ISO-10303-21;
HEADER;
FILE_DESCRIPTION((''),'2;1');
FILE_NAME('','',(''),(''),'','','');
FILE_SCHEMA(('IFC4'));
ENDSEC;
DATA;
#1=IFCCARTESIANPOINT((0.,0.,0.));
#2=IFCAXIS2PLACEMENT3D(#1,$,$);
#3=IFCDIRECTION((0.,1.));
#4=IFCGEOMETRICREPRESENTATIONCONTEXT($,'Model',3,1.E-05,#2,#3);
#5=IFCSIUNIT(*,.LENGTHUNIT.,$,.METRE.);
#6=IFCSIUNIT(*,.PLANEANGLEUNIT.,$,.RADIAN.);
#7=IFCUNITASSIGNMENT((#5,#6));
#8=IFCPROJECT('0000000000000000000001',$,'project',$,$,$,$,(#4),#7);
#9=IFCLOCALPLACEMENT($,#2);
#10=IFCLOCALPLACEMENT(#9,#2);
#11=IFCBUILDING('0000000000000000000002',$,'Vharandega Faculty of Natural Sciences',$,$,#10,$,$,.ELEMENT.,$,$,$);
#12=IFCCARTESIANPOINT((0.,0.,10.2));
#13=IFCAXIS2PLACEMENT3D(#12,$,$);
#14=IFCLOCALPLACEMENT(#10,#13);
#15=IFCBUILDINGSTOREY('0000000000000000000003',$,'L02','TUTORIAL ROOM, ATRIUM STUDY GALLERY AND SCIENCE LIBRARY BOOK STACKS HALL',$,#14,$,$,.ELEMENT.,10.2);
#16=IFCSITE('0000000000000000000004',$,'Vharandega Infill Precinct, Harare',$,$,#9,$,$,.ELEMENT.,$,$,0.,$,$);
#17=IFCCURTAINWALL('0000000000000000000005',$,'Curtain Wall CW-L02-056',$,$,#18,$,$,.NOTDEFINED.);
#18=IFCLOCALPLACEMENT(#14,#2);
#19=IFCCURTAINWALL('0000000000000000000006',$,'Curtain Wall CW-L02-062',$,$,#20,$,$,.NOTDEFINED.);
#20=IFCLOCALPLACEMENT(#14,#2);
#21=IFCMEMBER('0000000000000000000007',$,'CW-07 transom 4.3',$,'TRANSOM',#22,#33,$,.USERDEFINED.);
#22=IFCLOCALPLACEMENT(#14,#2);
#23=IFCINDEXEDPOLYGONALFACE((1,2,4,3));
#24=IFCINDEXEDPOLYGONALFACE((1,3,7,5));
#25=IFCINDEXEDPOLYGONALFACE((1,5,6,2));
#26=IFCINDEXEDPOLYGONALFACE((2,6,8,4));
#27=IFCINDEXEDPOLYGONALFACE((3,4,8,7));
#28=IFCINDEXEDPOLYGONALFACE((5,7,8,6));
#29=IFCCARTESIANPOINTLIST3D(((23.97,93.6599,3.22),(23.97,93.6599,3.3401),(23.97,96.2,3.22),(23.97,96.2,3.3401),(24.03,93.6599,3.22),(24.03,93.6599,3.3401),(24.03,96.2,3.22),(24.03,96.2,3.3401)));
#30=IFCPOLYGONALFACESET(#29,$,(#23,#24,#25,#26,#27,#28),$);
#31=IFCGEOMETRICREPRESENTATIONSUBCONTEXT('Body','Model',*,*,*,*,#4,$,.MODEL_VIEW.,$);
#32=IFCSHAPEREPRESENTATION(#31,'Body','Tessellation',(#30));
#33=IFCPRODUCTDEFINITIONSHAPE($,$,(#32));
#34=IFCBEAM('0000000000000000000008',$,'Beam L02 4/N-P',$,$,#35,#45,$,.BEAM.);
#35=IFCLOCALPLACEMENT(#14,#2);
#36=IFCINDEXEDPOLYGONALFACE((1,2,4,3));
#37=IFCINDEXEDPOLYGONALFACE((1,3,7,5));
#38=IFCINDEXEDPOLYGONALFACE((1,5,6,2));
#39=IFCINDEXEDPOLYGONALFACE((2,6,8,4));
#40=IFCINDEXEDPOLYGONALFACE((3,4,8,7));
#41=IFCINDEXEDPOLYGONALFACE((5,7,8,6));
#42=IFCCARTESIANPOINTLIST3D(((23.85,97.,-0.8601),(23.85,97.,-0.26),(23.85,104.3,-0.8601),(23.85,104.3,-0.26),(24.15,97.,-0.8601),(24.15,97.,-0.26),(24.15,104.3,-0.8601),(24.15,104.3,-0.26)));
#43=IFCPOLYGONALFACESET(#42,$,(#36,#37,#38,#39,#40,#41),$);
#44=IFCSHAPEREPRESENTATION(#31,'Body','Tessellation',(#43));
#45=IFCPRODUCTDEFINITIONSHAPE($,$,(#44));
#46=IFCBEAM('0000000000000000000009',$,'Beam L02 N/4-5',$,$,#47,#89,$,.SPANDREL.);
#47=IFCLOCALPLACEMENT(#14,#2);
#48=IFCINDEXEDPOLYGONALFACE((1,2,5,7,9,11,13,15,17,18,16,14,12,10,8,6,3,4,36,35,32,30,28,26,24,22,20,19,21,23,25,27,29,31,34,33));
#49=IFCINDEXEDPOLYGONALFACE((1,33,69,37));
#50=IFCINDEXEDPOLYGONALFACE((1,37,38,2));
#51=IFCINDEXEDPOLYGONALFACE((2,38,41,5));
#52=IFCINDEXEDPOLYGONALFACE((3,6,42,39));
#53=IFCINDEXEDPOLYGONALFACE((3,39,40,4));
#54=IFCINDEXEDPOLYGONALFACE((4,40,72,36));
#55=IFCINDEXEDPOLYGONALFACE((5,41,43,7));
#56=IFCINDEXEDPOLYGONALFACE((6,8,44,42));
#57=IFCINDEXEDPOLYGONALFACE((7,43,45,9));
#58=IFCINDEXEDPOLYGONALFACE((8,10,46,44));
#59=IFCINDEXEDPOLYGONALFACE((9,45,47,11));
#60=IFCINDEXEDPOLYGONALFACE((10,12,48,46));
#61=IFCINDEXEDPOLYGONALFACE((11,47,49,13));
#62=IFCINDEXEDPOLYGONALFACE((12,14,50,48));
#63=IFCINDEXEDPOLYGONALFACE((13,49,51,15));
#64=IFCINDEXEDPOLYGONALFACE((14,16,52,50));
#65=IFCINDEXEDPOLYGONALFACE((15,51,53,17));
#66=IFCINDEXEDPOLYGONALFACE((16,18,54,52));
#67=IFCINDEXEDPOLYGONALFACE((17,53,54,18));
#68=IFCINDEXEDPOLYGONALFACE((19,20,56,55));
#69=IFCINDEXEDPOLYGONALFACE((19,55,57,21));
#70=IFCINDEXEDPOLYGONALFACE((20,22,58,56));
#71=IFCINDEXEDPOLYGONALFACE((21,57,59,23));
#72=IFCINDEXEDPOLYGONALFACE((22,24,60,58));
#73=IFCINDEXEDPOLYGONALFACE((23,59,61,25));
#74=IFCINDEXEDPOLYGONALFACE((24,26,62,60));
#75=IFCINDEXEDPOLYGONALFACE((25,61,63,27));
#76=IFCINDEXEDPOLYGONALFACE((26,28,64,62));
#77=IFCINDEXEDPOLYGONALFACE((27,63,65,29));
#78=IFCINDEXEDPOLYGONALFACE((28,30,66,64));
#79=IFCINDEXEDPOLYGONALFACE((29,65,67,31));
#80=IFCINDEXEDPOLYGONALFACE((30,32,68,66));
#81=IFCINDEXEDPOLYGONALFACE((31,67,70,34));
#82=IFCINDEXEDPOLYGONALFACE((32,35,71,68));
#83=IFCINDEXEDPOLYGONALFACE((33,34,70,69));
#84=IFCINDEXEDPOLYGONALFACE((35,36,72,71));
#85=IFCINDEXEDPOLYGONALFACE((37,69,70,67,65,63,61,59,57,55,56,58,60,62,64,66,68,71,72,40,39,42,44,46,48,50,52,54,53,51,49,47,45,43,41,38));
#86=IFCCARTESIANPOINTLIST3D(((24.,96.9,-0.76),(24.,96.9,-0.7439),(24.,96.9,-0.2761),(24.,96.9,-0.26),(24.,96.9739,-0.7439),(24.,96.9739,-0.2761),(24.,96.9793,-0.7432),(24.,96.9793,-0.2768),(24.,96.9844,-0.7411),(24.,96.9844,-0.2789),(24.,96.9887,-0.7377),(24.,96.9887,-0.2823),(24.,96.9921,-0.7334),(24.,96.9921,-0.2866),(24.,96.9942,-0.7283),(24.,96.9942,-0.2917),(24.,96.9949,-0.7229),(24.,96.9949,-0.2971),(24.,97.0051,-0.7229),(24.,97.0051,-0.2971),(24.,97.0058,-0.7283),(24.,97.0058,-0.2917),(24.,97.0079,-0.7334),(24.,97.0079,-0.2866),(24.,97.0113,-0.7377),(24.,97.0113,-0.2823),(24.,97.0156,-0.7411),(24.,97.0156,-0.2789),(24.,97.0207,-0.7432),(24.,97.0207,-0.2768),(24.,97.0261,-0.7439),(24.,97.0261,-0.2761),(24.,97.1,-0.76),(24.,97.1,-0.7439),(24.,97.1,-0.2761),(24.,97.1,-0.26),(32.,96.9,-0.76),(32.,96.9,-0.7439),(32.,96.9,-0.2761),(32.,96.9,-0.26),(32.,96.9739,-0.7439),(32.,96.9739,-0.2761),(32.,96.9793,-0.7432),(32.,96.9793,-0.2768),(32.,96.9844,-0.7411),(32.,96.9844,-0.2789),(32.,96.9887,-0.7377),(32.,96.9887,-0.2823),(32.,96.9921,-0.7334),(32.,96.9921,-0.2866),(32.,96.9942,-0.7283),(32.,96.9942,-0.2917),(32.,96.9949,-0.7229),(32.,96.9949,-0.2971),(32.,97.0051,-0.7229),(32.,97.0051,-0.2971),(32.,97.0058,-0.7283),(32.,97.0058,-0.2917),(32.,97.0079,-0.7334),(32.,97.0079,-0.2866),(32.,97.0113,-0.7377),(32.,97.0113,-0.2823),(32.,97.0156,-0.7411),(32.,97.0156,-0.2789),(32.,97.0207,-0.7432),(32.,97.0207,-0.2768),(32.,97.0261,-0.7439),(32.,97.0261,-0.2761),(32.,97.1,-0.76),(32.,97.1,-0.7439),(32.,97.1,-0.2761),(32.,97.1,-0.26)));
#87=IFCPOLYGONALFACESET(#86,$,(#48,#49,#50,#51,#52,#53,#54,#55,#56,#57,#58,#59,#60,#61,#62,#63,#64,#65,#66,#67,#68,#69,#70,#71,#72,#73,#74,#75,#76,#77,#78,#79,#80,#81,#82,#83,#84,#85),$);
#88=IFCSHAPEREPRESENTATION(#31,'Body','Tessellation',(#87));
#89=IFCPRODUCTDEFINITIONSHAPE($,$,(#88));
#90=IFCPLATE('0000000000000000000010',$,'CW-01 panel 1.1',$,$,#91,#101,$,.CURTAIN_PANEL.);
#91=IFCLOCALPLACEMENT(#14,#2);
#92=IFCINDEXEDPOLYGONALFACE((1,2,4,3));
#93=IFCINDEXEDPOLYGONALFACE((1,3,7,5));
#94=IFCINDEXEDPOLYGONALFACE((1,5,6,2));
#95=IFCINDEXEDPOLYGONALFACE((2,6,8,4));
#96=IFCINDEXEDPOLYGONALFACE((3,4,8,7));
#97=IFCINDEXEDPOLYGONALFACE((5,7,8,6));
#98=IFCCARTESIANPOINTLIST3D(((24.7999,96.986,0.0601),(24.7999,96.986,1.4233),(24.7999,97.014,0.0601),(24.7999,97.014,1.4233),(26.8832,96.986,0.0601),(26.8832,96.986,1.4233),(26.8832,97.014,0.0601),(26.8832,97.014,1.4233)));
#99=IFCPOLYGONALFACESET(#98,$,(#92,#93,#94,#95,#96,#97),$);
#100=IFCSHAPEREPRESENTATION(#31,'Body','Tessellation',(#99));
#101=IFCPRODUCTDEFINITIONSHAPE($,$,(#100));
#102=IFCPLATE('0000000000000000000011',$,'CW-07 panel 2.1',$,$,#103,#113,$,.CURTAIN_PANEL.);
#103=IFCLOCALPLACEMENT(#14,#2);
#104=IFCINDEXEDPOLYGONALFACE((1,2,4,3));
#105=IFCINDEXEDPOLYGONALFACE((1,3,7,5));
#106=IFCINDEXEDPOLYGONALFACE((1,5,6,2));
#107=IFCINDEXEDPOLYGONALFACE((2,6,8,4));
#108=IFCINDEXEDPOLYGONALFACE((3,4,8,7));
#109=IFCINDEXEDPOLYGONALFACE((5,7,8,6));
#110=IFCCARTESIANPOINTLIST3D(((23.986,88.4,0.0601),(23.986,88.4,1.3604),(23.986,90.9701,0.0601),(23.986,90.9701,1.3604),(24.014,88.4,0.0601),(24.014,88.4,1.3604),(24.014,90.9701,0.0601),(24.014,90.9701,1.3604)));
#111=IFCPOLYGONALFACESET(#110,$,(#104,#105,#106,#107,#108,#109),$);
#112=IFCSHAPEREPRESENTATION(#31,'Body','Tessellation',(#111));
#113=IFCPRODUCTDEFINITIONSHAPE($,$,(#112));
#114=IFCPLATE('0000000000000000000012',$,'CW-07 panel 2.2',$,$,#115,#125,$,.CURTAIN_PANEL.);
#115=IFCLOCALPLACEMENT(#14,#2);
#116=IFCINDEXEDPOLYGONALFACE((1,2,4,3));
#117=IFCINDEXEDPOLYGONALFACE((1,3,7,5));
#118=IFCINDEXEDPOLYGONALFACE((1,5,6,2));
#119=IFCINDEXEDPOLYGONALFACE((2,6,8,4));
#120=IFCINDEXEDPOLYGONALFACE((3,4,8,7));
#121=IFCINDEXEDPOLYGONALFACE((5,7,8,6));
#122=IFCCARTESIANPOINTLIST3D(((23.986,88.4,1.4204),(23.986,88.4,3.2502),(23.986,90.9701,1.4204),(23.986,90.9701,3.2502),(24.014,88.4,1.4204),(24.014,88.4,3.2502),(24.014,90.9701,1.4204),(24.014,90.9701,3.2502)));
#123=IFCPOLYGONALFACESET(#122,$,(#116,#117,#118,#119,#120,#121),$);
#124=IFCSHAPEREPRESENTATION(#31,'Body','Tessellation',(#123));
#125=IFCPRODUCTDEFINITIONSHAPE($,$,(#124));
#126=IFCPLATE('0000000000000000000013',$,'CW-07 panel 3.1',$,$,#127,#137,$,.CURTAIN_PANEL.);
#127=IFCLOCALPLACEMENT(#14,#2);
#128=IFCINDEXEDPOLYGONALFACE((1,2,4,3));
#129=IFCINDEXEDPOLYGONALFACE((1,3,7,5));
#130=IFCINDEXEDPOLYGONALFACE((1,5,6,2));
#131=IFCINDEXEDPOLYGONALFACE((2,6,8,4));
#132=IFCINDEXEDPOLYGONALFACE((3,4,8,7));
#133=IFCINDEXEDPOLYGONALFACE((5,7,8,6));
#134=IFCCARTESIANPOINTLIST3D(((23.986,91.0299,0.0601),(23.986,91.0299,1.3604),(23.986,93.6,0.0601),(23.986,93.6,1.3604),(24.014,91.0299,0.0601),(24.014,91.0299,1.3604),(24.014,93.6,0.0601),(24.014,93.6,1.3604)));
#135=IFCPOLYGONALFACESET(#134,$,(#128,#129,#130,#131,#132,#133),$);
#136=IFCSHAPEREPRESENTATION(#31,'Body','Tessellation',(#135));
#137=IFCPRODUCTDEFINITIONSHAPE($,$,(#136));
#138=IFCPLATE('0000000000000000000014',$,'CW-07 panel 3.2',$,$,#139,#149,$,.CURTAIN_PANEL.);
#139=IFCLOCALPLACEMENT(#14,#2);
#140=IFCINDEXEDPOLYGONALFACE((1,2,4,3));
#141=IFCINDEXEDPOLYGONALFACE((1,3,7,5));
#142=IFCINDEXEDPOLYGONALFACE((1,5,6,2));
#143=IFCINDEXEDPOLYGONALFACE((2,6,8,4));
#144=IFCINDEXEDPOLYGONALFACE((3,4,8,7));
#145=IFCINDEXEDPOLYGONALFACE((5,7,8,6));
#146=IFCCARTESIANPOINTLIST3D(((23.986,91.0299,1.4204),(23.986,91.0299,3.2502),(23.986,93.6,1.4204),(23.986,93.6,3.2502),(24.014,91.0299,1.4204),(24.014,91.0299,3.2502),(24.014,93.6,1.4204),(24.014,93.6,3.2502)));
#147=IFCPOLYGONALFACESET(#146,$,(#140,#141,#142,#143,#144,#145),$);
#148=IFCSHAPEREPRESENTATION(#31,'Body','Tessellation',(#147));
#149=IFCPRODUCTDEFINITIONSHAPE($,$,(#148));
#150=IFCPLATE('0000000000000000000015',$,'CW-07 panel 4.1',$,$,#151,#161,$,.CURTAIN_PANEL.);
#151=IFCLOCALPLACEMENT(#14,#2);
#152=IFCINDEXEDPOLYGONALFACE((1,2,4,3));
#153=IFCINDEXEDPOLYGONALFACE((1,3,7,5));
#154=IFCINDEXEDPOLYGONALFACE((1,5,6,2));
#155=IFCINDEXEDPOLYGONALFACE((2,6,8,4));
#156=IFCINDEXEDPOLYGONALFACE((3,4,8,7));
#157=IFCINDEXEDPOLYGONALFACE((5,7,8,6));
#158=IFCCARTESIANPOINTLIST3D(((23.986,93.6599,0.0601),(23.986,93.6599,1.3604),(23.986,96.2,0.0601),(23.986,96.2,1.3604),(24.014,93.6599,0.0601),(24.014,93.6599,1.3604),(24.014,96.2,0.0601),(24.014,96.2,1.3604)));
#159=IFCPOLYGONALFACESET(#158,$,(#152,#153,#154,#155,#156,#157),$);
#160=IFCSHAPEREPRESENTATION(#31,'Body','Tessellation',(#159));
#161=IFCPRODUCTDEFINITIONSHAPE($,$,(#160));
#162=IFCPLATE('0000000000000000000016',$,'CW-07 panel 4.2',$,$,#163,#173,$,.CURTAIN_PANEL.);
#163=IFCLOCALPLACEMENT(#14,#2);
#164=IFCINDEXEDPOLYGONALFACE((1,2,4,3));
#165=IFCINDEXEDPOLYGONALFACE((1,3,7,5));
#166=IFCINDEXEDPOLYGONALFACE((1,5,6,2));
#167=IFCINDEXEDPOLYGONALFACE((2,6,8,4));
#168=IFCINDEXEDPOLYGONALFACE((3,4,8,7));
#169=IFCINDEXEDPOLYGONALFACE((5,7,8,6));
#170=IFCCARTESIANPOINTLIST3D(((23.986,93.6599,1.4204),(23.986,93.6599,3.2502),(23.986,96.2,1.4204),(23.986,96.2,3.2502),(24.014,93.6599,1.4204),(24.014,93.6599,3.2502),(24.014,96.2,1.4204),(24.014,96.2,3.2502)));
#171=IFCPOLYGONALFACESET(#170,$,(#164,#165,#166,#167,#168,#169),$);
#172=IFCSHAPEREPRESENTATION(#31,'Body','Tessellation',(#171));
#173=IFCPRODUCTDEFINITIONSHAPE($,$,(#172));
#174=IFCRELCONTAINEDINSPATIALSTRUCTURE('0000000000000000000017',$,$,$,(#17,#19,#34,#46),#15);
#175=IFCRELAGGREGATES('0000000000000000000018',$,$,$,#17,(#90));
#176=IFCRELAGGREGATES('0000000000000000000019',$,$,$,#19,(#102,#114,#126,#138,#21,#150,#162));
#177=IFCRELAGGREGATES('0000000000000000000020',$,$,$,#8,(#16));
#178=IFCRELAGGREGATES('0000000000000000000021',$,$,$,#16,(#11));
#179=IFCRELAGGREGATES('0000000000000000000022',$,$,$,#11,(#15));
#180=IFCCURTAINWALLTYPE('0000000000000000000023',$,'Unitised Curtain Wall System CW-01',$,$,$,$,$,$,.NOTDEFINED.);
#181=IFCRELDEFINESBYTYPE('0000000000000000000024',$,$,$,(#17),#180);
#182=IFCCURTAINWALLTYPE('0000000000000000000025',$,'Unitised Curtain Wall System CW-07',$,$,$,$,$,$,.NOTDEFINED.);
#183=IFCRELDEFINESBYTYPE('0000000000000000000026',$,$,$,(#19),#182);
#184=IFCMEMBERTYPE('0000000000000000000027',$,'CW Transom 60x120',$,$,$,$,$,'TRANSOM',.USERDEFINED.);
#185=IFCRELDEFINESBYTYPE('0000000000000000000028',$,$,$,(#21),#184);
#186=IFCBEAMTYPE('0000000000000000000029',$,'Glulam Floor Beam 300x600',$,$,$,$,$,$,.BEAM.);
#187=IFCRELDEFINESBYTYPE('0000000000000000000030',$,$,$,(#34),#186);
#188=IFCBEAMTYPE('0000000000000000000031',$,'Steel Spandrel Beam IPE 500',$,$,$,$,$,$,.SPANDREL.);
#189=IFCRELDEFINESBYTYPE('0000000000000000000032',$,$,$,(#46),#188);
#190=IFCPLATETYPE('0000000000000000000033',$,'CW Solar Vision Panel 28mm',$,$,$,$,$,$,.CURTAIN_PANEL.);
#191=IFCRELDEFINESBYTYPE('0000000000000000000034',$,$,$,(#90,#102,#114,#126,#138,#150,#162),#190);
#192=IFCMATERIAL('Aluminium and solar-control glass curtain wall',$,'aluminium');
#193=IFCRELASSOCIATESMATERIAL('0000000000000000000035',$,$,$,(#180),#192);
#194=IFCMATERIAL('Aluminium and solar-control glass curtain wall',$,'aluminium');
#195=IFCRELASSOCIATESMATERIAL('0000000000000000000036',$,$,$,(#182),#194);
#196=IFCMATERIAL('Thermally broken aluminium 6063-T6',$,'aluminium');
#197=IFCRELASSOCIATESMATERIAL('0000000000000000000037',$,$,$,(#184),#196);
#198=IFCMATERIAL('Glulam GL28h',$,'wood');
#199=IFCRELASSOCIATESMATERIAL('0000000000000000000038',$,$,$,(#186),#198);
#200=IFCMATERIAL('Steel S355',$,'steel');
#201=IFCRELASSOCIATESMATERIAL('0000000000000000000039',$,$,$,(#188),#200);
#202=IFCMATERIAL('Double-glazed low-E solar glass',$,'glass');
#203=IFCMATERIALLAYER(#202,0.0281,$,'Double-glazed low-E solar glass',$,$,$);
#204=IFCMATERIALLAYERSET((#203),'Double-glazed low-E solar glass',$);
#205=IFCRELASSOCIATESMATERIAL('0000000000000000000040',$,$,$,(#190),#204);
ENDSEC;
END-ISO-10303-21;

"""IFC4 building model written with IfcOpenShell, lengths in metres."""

from ifc_helpers import new_model, si_unit, direction, frame, origin, origin_2d, place, context, subcontext, project, spatial, rectangle, i_section, extrude, material, layer, layer_set, material_profile, profile_set, type_object, element, aggregate, save


model = new_model("IFC4")

# Units and contexts
model_context = context("Model", 3, precision=1e-05, world=origin(), true_north=direction((0.0, 1.0)))
body_context = subcontext(model_context, "Body", "Model", "MODEL_VIEW")
ifc_project = project(units=[si_unit("LENGTHUNIT", "METRE"), si_unit("PLANEANGLEUNIT", "RADIAN")], contexts=[model_context])

# Site, building, storey
site_placement = place(None, origin())
site = spatial("IfcSite", under=ifc_project, at=site_placement, Name="Vharandega Infill Precinct, Harare", CompositionType="ELEMENT", RefElevation=0.0)
building_placement = place(site_placement, origin())
building = spatial("IfcBuilding", under=site, at=building_placement, Name="Vharandega Faculty of Natural Sciences", CompositionType="ELEMENT")
storey_placement = place(building_placement, frame((0.0, 0.0, 10.2)))
storey = spatial("IfcBuildingStorey", under=building, at=storey_placement, Name="L02", Description="TUTORIAL ROOM, ATRIUM STUDY GALLERY AND SCIENCE LIBRARY BOOK STACKS HALL", CompositionType="ELEMENT", Elevation=10.2)

# Curtain wall
ifc_material_1 = material(Name="Aluminium and solar-control glass curtain wall", Category="aluminium")
curtain_wall_type_1 = type_object("IfcCurtainWallType", Name="Unitised Curtain Wall System CW-01", PredefinedType="NOTDEFINED", material=ifc_material_1)
curtain_wall_1_placement = place(storey_placement, origin())
curtain_wall_1 = element("IfcCurtainWall", 1, at=curtain_wall_1_placement, inside=storey, type_object=curtain_wall_type_1, Name="Curtain Wall CW-L02-056", PredefinedType="NOTDEFINED")

# Curtain wall
ifc_material_2 = material(Name="Aluminium and solar-control glass curtain wall", Category="aluminium")
curtain_wall_type_2 = type_object("IfcCurtainWallType", Name="Unitised Curtain Wall System CW-07", PredefinedType="NOTDEFINED", material=ifc_material_2)
curtain_wall_2_placement = place(storey_placement, origin())
curtain_wall_2 = element("IfcCurtainWall", 2, at=curtain_wall_2_placement, inside=storey, type_object=curtain_wall_type_2, Name="Curtain Wall CW-L02-062", PredefinedType="NOTDEFINED")

# Member
ifc_material_3 = material(Name="Thermally broken aluminium 6063-T6", Category="aluminium")
ifc_material_profile_1 = material_profile(ifc_material_3, rectangle(XDim=0.0601, YDim=0.1201, at=origin_2d()), Name="ALU 60x120")
ifc_profile_set_1 = profile_set([ifc_material_profile_1], Name="Thermally broken aluminium 6063-T6")
member_type_1 = type_object("IfcMemberType", Name="CW Transom 60x120", ElementType="TRANSOM", PredefinedType="USERDEFINED", material=ifc_profile_set_1)
member_1_placement = place(storey_placement, frame((24.0, 93.6599, 3.28), z_axis=(0.0, 1.0, 0.0), x_axis=(-1.0, 0.0, 0.0)))
member_1 = element("IfcMember", 3, at=member_1_placement, type_object=member_type_1, Name="CW-07 transom 4.3", ObjectType="TRANSOM", PredefinedType="USERDEFINED", context=body_context, shape_type="SweptSolid", body=[
    extrude(rectangle(XDim=0.0601, YDim=0.1201, at=origin_2d()), origin(), (0.0, 0.0, 1.0), 2.54),
])

# Beams
ifc_material_4 = material(Name="Glulam GL28h", Category="wood")
ifc_material_profile_2 = material_profile(ifc_material_4, rectangle(XDim=0.3, YDim=0.6001, at=origin_2d()), Name="GL28h 300x600")
ifc_profile_set_2 = profile_set([ifc_material_profile_2], Name="Glulam GL28h")
beam_type_1 = type_object("IfcBeamType", Name="Glulam Floor Beam 300x600", PredefinedType="BEAM", material=ifc_profile_set_2)
beam_1_placement = place(storey_placement, frame((24.0, 97.0, -0.5601), z_axis=(0.0, 1.0, 0.0), x_axis=(-1.0, 0.0, 0.0)))
element("IfcBeam", 4, at=beam_1_placement, inside=storey, type_object=beam_type_1, Name="Beam L02 4/N-P", PredefinedType="BEAM", context=body_context, shape_type="SweptSolid", body=[
    extrude(rectangle(XDim=0.3, YDim=0.6001, at=origin_2d()), origin(), (0.0, 0.0, 1.0), 7.3),
])
ifc_material_5 = material(Name="Steel S355", Category="steel")
ifc_material_profile_3 = material_profile(ifc_material_5, i_section(OverallWidth=0.2, OverallDepth=0.5, WebThickness=0.0103, FlangeThickness=0.0161, FilletRadius=0.021, at=origin_2d()), Name="IPE 500")
ifc_profile_set_3 = profile_set([ifc_material_profile_3], Name="Steel S355")
beam_type_2 = type_object("IfcBeamType", Name="Steel Spandrel Beam IPE 500", PredefinedType="SPANDREL", material=ifc_profile_set_3)
beam_2_placement = place(storey_placement, frame((24.0, 97.0, -0.51), z_axis=(1.0, 0.0, 0.0), x_axis=(0.0, 1.0, 0.0)))
element("IfcBeam", 5, at=beam_2_placement, inside=storey, type_object=beam_type_2, Name="Beam L02 N/4-5", PredefinedType="SPANDREL", context=body_context, shape_type="SweptSolid", body=[
    extrude(i_section(OverallWidth=0.2, OverallDepth=0.5, WebThickness=0.0103, FlangeThickness=0.0161, FilletRadius=0.021, at=origin_2d()), origin(), (0.0, 0.0, 1.0), 8.0),
])

# Plates
ifc_material_6 = material(Name="Double-glazed low-E solar glass", Category="glass")
ifc_layer = layer(ifc_material_6, 0.0281, Name="Double-glazed low-E solar glass")
ifc_layer_set = layer_set([ifc_layer], Name="Double-glazed low-E solar glass")
plate_type = type_object("IfcPlateType", Name="CW Solar Vision Panel 28mm", PredefinedType="CURTAIN_PANEL", material=ifc_layer_set)
plate_1_placement = place(storey_placement, frame((25.8416, 97.0, 0.0601), z_axis=(0.0, 0.0, 1.0), x_axis=(1.0, 0.0, 0.0)))
plate_1 = element("IfcPlate", 6, at=plate_1_placement, type_object=plate_type, Name="CW-01 panel 1.1", PredefinedType="CURTAIN_PANEL", context=body_context, shape_type="SweptSolid", body=[
    extrude(rectangle(XDim=2.0833, YDim=0.0281, at=origin_2d()), origin(), (0.0, 0.0, 1.0), 1.3633),
])
aggregate(curtain_wall_1, [plate_1])
plate_2_placement = place(storey_placement, frame((24.0, 89.6851, 0.0601), z_axis=(0.0, 0.0, 1.0), x_axis=(0.0, 1.0, 0.0)))
plate_2 = element("IfcPlate", 7, at=plate_2_placement, type_object=plate_type, Name="CW-07 panel 2.1", PredefinedType="CURTAIN_PANEL", context=body_context, shape_type="SweptSolid", body=[
    extrude(rectangle(XDim=2.5701, YDim=0.0281, at=origin_2d()), origin(), (0.0, 0.0, 1.0), 1.3003),
])
plate_3_placement = place(storey_placement, frame((24.0, 89.6851, 1.4204), z_axis=(0.0, 0.0, 1.0), x_axis=(0.0, 1.0, 0.0)))
plate_3 = element("IfcPlate", 8, at=plate_3_placement, type_object=plate_type, Name="CW-07 panel 2.2", PredefinedType="CURTAIN_PANEL", context=body_context, shape_type="SweptSolid", body=[
    extrude(rectangle(XDim=2.5701, YDim=0.0281, at=origin_2d()), origin(), (0.0, 0.0, 1.0), 1.8298),
])
plate_4_placement = place(storey_placement, frame((24.0, 92.3149, 0.0601), z_axis=(0.0, 0.0, 1.0), x_axis=(0.0, 1.0, 0.0)))
plate_4 = element("IfcPlate", 9, at=plate_4_placement, type_object=plate_type, Name="CW-07 panel 3.1", PredefinedType="CURTAIN_PANEL", context=body_context, shape_type="SweptSolid", body=[
    extrude(rectangle(XDim=2.5701, YDim=0.0281, at=origin_2d()), origin(), (0.0, 0.0, 1.0), 1.3003),
])
plate_5_placement = place(storey_placement, frame((24.0, 92.3149, 1.4204), z_axis=(0.0, 0.0, 1.0), x_axis=(0.0, 1.0, 0.0)))
plate_5 = element("IfcPlate", 10, at=plate_5_placement, type_object=plate_type, Name="CW-07 panel 3.2", PredefinedType="CURTAIN_PANEL", context=body_context, shape_type="SweptSolid", body=[
    extrude(rectangle(XDim=2.5701, YDim=0.0281, at=origin_2d()), origin(), (0.0, 0.0, 1.0), 1.8298),
])
plate_6_placement = place(storey_placement, frame((24.0, 94.9299, 0.0601), z_axis=(0.0, 0.0, 1.0), x_axis=(0.0, 1.0, 0.0)))
plate_6 = element("IfcPlate", 11, at=plate_6_placement, type_object=plate_type, Name="CW-07 panel 4.1", PredefinedType="CURTAIN_PANEL", context=body_context, shape_type="SweptSolid", body=[
    extrude(rectangle(XDim=2.54, YDim=0.0281, at=origin_2d()), origin(), (0.0, 0.0, 1.0), 1.3003),
])
plate_7_placement = place(storey_placement, frame((24.0, 94.9299, 1.4204), z_axis=(0.0, 0.0, 1.0), x_axis=(0.0, 1.0, 0.0)))
plate_7 = element("IfcPlate", 12, at=plate_7_placement, type_object=plate_type, Name="CW-07 panel 4.2", PredefinedType="CURTAIN_PANEL", context=body_context, shape_type="SweptSolid", body=[
    extrude(rectangle(XDim=2.54, YDim=0.0281, at=origin_2d()), origin(), (0.0, 0.0, 1.0), 1.8298),
])
aggregate(curtain_wall_2, [plate_2, plate_3, plate_4, plate_5, member_1, plate_6, plate_7])

save(model, "model.ifc")
